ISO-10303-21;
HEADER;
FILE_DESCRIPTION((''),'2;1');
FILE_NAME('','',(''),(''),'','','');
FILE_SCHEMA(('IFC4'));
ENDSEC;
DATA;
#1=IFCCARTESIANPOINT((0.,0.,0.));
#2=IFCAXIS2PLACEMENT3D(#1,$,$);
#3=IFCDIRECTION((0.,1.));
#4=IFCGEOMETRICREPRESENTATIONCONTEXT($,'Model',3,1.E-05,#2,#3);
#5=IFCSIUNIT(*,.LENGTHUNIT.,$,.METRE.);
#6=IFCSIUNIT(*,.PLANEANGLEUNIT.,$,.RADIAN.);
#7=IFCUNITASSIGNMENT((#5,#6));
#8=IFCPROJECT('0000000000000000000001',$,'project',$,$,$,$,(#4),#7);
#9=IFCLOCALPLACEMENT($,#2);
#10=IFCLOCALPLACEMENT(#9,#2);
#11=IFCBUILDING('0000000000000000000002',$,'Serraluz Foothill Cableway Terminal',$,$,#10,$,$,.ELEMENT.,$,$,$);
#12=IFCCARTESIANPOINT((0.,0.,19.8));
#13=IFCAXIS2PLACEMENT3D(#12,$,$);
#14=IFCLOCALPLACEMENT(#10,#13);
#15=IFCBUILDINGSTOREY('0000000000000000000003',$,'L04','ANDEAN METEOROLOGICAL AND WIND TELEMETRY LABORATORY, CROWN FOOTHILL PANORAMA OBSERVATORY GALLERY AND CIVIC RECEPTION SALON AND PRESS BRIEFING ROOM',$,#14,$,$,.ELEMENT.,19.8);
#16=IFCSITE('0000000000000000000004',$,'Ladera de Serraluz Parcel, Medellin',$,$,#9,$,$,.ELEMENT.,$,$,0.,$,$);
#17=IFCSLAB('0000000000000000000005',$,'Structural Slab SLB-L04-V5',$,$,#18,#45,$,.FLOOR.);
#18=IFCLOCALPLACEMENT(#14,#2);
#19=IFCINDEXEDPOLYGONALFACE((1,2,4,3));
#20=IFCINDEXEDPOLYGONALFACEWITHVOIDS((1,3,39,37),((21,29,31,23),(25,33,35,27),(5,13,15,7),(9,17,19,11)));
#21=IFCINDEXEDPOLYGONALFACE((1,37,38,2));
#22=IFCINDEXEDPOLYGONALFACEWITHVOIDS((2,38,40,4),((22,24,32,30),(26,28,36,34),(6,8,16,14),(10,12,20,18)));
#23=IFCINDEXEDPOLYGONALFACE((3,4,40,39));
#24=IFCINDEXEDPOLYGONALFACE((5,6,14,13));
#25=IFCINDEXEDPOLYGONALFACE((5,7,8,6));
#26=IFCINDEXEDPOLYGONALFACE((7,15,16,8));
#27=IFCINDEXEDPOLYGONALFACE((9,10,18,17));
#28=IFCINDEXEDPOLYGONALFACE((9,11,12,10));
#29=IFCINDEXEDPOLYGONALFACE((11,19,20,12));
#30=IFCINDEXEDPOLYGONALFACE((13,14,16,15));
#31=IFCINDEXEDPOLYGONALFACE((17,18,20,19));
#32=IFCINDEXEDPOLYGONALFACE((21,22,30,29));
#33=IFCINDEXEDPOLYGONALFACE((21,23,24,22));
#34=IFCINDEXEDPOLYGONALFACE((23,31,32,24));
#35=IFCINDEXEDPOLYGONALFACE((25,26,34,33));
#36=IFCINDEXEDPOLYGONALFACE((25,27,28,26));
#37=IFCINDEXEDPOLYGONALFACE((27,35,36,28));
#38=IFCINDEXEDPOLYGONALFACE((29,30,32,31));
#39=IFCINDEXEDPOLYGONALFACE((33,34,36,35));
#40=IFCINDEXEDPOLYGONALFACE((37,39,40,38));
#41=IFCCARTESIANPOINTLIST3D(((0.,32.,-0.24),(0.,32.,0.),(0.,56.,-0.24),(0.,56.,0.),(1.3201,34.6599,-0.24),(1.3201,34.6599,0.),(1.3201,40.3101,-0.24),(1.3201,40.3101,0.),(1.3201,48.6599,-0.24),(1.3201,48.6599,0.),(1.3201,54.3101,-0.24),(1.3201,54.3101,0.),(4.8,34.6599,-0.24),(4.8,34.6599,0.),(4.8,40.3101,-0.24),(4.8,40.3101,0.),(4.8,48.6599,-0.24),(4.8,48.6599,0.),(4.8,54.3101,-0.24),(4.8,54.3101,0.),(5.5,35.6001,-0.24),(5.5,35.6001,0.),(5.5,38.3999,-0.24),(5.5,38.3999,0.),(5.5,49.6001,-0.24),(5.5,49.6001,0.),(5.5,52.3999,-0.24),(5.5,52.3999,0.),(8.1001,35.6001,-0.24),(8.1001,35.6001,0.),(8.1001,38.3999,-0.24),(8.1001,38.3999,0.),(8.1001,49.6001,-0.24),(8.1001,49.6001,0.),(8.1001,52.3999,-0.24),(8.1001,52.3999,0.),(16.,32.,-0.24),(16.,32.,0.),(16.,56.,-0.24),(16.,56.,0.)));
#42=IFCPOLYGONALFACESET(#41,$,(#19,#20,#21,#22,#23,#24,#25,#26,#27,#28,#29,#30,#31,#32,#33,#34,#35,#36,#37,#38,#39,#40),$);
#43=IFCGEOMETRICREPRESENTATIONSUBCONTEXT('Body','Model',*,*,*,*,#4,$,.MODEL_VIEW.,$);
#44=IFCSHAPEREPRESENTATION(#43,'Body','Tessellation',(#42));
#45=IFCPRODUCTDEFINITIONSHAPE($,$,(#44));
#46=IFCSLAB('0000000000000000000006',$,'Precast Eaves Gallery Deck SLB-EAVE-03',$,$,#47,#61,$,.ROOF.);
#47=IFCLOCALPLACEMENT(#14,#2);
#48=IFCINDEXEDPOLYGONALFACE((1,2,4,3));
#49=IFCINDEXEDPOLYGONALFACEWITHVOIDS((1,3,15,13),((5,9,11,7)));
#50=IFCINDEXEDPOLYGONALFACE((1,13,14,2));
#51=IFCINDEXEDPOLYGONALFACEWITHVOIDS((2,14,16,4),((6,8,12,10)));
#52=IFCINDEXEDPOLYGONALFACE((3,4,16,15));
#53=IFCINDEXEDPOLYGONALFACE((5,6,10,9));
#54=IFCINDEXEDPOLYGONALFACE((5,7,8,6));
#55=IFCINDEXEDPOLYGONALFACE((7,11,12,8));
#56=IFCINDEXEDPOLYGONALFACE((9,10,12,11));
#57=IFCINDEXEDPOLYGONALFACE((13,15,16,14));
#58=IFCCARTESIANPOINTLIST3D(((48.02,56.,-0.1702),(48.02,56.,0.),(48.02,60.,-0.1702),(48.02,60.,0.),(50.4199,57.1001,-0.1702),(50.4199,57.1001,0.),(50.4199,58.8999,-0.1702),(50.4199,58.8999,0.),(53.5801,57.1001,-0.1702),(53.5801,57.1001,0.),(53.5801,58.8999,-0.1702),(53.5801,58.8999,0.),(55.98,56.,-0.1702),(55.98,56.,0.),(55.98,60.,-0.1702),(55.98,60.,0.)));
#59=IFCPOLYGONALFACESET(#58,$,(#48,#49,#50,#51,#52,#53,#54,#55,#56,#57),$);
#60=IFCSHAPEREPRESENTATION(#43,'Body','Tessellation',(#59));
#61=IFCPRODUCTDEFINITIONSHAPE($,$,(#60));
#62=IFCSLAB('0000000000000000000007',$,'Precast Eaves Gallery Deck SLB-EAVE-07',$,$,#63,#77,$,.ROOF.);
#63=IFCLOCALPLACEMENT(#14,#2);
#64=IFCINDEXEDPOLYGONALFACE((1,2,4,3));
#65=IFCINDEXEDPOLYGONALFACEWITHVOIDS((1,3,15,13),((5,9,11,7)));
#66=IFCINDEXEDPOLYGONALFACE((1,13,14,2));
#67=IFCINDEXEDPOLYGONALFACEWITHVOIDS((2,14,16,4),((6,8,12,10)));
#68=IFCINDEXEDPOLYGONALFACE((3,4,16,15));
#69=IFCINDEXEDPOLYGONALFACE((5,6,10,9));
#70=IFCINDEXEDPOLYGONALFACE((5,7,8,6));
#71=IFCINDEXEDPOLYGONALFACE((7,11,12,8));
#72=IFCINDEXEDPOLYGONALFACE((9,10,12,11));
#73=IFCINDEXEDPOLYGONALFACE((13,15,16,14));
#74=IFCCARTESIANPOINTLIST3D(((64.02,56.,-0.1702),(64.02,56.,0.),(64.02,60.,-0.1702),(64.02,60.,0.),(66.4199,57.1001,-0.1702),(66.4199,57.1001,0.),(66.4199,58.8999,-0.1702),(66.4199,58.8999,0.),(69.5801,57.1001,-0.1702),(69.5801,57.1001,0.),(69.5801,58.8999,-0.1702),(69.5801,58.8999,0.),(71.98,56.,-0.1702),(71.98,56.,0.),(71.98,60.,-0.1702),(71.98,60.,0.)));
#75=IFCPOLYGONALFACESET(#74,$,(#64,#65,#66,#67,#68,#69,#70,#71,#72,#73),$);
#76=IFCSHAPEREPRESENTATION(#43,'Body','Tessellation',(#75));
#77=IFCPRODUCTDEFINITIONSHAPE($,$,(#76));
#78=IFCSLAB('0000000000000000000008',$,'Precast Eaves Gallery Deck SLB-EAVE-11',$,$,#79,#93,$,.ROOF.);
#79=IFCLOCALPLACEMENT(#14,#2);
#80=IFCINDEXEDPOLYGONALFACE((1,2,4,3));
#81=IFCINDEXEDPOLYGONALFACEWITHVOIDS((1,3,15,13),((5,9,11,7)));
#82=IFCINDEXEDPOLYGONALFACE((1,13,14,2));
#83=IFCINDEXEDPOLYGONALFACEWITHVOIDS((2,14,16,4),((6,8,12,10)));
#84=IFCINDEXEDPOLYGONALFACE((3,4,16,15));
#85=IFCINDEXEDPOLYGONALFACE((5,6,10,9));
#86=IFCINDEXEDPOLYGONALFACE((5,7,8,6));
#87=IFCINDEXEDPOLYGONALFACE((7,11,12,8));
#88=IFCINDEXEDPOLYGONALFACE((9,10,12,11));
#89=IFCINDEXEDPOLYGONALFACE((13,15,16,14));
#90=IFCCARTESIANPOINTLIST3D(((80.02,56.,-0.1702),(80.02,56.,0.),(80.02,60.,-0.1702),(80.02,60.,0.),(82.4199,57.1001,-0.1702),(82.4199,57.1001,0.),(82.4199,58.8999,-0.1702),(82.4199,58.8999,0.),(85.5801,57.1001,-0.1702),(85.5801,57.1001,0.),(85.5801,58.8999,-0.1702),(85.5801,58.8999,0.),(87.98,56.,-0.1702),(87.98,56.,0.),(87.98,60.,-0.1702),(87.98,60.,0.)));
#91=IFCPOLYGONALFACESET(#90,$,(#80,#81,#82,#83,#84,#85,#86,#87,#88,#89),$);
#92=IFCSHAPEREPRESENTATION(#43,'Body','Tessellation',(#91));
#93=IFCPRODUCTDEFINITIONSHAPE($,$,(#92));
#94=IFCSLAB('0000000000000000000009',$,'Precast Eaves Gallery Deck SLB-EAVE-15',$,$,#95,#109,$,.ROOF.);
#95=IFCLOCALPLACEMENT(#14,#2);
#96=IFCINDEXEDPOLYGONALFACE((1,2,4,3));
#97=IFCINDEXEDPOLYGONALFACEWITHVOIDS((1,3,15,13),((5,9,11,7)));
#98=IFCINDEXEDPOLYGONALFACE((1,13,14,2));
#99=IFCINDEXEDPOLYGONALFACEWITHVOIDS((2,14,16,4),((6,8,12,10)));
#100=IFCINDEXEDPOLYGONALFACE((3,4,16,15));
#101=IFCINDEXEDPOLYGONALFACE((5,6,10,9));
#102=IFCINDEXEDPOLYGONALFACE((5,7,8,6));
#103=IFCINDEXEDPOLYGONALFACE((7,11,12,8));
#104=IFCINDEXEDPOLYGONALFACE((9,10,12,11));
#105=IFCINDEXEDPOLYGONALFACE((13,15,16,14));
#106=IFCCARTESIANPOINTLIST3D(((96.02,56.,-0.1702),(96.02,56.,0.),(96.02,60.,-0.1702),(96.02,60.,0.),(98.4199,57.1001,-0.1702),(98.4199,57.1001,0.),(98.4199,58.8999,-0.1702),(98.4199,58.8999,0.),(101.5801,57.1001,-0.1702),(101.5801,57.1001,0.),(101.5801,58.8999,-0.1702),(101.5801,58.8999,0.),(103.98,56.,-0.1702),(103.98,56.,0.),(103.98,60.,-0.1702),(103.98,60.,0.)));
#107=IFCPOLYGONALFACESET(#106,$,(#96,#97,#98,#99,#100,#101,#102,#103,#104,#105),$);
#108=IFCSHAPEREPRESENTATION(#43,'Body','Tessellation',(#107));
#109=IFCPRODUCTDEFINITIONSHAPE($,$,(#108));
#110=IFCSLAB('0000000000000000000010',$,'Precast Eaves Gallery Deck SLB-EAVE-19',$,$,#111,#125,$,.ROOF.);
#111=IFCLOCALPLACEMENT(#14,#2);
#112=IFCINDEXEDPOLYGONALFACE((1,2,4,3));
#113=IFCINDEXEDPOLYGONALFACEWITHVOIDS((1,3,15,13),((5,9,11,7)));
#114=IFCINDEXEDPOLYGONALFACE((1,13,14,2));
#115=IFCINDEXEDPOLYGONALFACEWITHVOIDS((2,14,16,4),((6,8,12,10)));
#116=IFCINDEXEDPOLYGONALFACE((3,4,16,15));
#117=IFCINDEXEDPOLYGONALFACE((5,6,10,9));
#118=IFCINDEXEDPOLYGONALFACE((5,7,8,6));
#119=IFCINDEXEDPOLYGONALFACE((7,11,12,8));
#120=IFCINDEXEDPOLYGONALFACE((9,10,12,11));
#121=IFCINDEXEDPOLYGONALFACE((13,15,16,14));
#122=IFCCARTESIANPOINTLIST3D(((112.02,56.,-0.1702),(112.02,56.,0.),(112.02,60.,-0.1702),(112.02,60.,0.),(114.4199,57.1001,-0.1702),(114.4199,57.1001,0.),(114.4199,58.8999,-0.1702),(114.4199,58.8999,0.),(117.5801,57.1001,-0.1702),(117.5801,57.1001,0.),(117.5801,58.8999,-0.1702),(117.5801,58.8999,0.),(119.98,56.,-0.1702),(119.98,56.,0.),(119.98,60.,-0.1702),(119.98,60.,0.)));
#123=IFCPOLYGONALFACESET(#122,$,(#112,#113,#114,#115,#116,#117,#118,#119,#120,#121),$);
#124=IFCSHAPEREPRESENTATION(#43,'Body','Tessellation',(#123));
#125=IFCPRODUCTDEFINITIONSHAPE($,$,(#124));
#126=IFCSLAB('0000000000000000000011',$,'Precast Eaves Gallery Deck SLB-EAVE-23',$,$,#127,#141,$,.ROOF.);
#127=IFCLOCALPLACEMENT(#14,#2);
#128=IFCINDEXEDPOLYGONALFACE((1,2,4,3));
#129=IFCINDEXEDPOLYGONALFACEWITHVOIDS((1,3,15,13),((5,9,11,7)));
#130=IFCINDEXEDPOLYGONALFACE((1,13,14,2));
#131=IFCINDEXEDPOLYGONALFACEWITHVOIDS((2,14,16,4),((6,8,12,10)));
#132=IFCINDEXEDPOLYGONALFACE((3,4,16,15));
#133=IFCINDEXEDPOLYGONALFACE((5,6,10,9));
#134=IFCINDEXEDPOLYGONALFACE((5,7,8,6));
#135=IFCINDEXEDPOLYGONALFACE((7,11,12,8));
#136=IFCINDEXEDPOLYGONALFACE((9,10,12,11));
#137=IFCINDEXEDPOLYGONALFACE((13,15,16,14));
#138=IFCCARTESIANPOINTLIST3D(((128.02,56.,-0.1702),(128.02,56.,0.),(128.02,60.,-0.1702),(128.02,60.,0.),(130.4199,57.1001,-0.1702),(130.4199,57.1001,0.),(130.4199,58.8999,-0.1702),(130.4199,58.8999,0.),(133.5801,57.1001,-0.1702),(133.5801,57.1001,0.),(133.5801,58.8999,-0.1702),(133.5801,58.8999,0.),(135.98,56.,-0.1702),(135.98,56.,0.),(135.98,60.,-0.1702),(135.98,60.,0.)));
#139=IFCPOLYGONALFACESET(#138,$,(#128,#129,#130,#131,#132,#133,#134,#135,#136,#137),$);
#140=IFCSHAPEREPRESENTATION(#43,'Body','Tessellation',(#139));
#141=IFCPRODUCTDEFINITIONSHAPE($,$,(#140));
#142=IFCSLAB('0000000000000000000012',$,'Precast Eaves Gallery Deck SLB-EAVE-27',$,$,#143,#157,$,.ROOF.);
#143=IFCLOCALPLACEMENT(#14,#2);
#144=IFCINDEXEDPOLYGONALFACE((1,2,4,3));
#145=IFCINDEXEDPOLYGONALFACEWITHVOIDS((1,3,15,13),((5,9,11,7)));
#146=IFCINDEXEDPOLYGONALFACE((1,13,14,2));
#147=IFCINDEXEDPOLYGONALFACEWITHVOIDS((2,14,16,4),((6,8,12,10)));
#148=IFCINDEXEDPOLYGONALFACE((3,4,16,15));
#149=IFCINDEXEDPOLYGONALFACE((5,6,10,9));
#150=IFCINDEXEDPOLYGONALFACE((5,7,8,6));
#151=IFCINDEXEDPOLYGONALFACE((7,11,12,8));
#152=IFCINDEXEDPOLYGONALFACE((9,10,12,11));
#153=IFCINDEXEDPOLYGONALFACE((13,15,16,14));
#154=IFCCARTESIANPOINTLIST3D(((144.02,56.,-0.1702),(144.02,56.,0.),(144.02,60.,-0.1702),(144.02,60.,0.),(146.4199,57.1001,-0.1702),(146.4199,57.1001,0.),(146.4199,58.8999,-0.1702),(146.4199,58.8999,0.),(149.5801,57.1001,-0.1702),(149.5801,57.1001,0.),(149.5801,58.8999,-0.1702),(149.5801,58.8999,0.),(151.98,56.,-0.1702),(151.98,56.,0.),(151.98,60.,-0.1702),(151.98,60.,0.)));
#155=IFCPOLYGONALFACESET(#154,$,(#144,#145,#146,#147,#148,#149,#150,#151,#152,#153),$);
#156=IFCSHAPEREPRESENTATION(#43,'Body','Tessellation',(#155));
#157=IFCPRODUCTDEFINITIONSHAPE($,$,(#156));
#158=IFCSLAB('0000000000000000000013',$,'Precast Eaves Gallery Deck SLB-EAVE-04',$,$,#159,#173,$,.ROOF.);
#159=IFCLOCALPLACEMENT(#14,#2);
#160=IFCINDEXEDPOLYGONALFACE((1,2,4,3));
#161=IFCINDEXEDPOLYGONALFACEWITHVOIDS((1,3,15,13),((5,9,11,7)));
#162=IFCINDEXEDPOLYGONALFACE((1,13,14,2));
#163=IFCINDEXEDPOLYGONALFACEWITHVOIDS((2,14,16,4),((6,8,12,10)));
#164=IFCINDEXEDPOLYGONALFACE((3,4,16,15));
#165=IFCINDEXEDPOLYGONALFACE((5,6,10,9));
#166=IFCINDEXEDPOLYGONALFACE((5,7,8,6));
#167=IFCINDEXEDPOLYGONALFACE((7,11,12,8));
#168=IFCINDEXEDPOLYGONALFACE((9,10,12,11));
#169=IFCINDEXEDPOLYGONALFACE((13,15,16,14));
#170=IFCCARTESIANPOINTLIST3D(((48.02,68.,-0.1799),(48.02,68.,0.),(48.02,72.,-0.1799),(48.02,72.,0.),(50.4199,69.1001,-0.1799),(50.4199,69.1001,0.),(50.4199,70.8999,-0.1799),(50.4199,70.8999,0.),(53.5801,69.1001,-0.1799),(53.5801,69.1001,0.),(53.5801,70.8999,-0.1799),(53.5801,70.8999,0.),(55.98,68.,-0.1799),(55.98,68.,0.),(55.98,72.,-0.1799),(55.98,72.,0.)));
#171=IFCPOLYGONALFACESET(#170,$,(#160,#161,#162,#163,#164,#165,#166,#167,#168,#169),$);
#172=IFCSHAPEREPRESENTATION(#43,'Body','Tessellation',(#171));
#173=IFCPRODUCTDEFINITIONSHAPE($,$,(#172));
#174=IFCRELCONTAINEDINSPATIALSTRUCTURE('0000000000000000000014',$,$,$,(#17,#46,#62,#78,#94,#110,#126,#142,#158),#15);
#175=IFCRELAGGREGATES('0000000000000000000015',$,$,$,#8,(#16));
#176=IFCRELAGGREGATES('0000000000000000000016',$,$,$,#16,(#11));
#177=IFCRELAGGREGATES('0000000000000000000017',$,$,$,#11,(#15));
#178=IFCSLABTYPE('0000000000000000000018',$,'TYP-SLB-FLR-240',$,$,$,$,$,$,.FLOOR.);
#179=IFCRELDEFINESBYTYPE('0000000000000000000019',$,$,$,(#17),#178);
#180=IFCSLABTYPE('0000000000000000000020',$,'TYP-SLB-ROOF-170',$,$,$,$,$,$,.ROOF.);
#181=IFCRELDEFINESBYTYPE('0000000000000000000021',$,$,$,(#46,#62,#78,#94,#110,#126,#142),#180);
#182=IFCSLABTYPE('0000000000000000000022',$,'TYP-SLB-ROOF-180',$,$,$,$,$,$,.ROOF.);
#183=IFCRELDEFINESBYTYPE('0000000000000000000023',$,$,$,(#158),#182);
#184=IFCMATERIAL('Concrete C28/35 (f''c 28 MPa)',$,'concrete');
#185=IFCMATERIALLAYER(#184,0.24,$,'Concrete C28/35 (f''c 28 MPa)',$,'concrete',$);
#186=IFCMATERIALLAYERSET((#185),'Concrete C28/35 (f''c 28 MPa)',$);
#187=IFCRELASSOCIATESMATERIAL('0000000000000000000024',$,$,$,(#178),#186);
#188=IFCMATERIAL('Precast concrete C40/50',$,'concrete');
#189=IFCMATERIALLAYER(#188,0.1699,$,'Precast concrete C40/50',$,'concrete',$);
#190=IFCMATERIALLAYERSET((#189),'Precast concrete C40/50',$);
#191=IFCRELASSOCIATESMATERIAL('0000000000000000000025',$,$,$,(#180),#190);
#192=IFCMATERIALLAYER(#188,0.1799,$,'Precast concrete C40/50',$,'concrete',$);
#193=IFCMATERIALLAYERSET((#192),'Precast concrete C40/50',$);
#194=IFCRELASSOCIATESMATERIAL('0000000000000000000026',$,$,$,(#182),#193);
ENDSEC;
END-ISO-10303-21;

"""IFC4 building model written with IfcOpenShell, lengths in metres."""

from ifc_helpers import new_model, si_unit, direction, frame, origin, place, context, subcontext, project, spatial, polyline, outline, extrude, material, layer, layer_set, type_object, element, save


model = new_model("IFC4")

# Units and contexts
model_context = context("Model", 3, precision=1e-05, world=origin(), true_north=direction((0.0, 1.0)))
body_context = subcontext(model_context, "Body", "Model", "MODEL_VIEW")
ifc_project = project(units=[si_unit("LENGTHUNIT", "METRE"), si_unit("PLANEANGLEUNIT", "RADIAN")], contexts=[model_context])

# Site, building, storey
site_placement = place(None, origin())
site = spatial("IfcSite", under=ifc_project, at=site_placement, Name="Ladera de Serraluz Parcel, Medellin", CompositionType="ELEMENT", RefElevation=0.0)
building_placement = place(site_placement, origin())
building = spatial("IfcBuilding", under=site, at=building_placement, Name="Serraluz Foothill Cableway Terminal", CompositionType="ELEMENT")
storey_placement = place(building_placement, frame((0.0, 0.0, 19.8)))
storey = spatial("IfcBuildingStorey", under=building, at=storey_placement, Name="L04", Description="ANDEAN METEOROLOGICAL AND WIND TELEMETRY LABORATORY, CROWN FOOTHILL PANORAMA OBSERVATORY GALLERY AND CIVIC RECEPTION SALON AND PRESS BRIEFING ROOM", CompositionType="ELEMENT", Elevation=19.8)

# Slabs
ifc_material_1 = material(Name="Concrete C28/35 (f'c 28 MPa)", Category="concrete")
ifc_layer_1 = layer(ifc_material_1, 0.24, Name="Concrete C28/35 (f'c 28 MPa)", Category="concrete")
ifc_layer_set_1 = layer_set([ifc_layer_1], Name="Concrete C28/35 (f'c 28 MPa)")
slab_type_1 = type_object("IfcSlabType", Name="TYP-SLB-FLR-240", PredefinedType="FLOOR", material=ifc_layer_set_1)
slab_1_placement = place(storey_placement, frame((0.0, 0.0, -0.24)))
element("IfcSlab", 1, at=slab_1_placement, inside=storey, type_object=slab_type_1, Name="Structural Slab SLB-L04-V5", PredefinedType="FLOOR", context=body_context, shape_type="SweptSolid", body=[
    extrude(outline(polyline([(0.0, 32.0), (16.0, 32.0), (16.0, 56.0), (0.0, 56.0), (0.0, 32.0)]), holes=[polyline([(4.8, 48.6599), (4.8, 54.3101), (1.3201, 54.3101), (1.3201, 48.6599), (4.8, 48.6599)]), polyline([(4.8, 34.6599), (4.8, 40.3101), (1.3201, 40.3101), (1.3201, 34.6599), (4.8, 34.6599)]), polyline([(5.5, 49.6001), (8.1001, 49.6001), (8.1001, 52.3999), (5.5, 52.3999), (5.5, 49.6001)]), polyline([(5.5, 35.6001), (8.1001, 35.6001), (8.1001, 38.3999), (5.5, 38.3999), (5.5, 35.6001)])]), origin(), (0.0, 0.0, 1.0), 0.24),
])
ifc_material_2 = material(Name="Precast concrete C40/50", Category="concrete")
ifc_layer_2 = layer(ifc_material_2, 0.1699, Name="Precast concrete C40/50", Category="concrete")
ifc_layer_set_2 = layer_set([ifc_layer_2], Name="Precast concrete C40/50")
slab_type_2 = type_object("IfcSlabType", Name="TYP-SLB-ROOF-170", PredefinedType="ROOF", material=ifc_layer_set_2)
slab_2_placement = place(storey_placement, frame((0.0, 0.0, -0.1702)))
element("IfcSlab", 2, at=slab_2_placement, inside=storey, type_object=slab_type_2, Name="Precast Eaves Gallery Deck SLB-EAVE-03", PredefinedType="ROOF", context=body_context, shape_type="SweptSolid", body=[
    extrude(outline(polyline([(48.02, 56.0), (55.98, 56.0), (55.98, 60.0), (48.02, 60.0), (48.02, 56.0)]), holes=[polyline([(50.4199, 57.1001), (53.5801, 57.1001), (53.5801, 58.8999), (50.4199, 58.8999), (50.4199, 57.1001)])]), origin(), (0.0, 0.0, 1.0), 0.1702),
])
slab_3_placement = place(storey_placement, frame((0.0, 0.0, -0.1702)))
element("IfcSlab", 3, at=slab_3_placement, inside=storey, type_object=slab_type_2, Name="Precast Eaves Gallery Deck SLB-EAVE-07", PredefinedType="ROOF", context=body_context, shape_type="SweptSolid", body=[
    extrude(outline(polyline([(64.02, 56.0), (71.98, 56.0), (71.98, 60.0), (64.02, 60.0), (64.02, 56.0)]), holes=[polyline([(66.4199, 57.1001), (69.5801, 57.1001), (69.5801, 58.8999), (66.4199, 58.8999), (66.4199, 57.1001)])]), origin(), (0.0, 0.0, 1.0), 0.1702),
])
slab_4_placement = place(storey_placement, frame((0.0, 0.0, -0.1702)))
element("IfcSlab", 4, at=slab_4_placement, inside=storey, type_object=slab_type_2, Name="Precast Eaves Gallery Deck SLB-EAVE-11", PredefinedType="ROOF", context=body_context, shape_type="SweptSolid", body=[
    extrude(outline(polyline([(80.02, 56.0), (87.98, 56.0), (87.98, 60.0), (80.02, 60.0), (80.02, 56.0)]), holes=[polyline([(82.4199, 57.1001), (85.5801, 57.1001), (85.5801, 58.8999), (82.4199, 58.8999), (82.4199, 57.1001)])]), origin(), (0.0, 0.0, 1.0), 0.1702),
])
slab_5_placement = place(storey_placement, frame((0.0, 0.0, -0.1702)))
element("IfcSlab", 5, at=slab_5_placement, inside=storey, type_object=slab_type_2, Name="Precast Eaves Gallery Deck SLB-EAVE-15", PredefinedType="ROOF", context=body_context, shape_type="SweptSolid", body=[
    extrude(outline(polyline([(96.02, 56.0), (103.98, 56.0), (103.98, 60.0), (96.02, 60.0), (96.02, 56.0)]), holes=[polyline([(98.4199, 57.1001), (101.5801, 57.1001), (101.5801, 58.8999), (98.4199, 58.8999), (98.4199, 57.1001)])]), origin(), (0.0, 0.0, 1.0), 0.1702),
])
slab_6_placement = place(storey_placement, frame((0.0, 0.0, -0.1702)))
element("IfcSlab", 6, at=slab_6_placement, inside=storey, type_object=slab_type_2, Name="Precast Eaves Gallery Deck SLB-EAVE-19", PredefinedType="ROOF", context=body_context, shape_type="SweptSolid", body=[
    extrude(outline(polyline([(112.02, 56.0), (119.98, 56.0), (119.98, 60.0), (112.02, 60.0), (112.02, 56.0)]), holes=[polyline([(114.4199, 57.1001), (117.5801, 57.1001), (117.5801, 58.8999), (114.4199, 58.8999), (114.4199, 57.1001)])]), origin(), (0.0, 0.0, 1.0), 0.1702),
])
slab_7_placement = place(storey_placement, frame((0.0, 0.0, -0.1702)))
element("IfcSlab", 7, at=slab_7_placement, inside=storey, type_object=slab_type_2, Name="Precast Eaves Gallery Deck SLB-EAVE-23", PredefinedType="ROOF", context=body_context, shape_type="SweptSolid", body=[
    extrude(outline(polyline([(128.02, 56.0), (135.98, 56.0), (135.98, 60.0), (128.02, 60.0), (128.02, 56.0)]), holes=[polyline([(130.4199, 57.1001), (133.5801, 57.1001), (133.5801, 58.8999), (130.4199, 58.8999), (130.4199, 57.1001)])]), origin(), (0.0, 0.0, 1.0), 0.1702),
])
slab_8_placement = place(storey_placement, frame((0.0, 0.0, -0.1702)))
element("IfcSlab", 8, at=slab_8_placement, inside=storey, type_object=slab_type_2, Name="Precast Eaves Gallery Deck SLB-EAVE-27", PredefinedType="ROOF", context=body_context, shape_type="SweptSolid", body=[
    extrude(outline(polyline([(144.02, 56.0), (151.98, 56.0), (151.98, 60.0), (144.02, 60.0), (144.02, 56.0)]), holes=[polyline([(146.4199, 57.1001), (149.5801, 57.1001), (149.5801, 58.8999), (146.4199, 58.8999), (146.4199, 57.1001)])]), origin(), (0.0, 0.0, 1.0), 0.1702),
])
ifc_layer_3 = layer(ifc_material_2, 0.1799, Name="Precast concrete C40/50", Category="concrete")
ifc_layer_set_3 = layer_set([ifc_layer_3], Name="Precast concrete C40/50")
slab_type_3 = type_object("IfcSlabType", Name="TYP-SLB-ROOF-180", PredefinedType="ROOF", material=ifc_layer_set_3)
slab_9_placement = place(storey_placement, frame((0.0, 0.0, -0.1799)))
element("IfcSlab", 9, at=slab_9_placement, inside=storey, type_object=slab_type_3, Name="Precast Eaves Gallery Deck SLB-EAVE-04", PredefinedType="ROOF", context=body_context, shape_type="SweptSolid", body=[
    extrude(outline(polyline([(48.02, 68.0), (55.98, 68.0), (55.98, 72.0), (48.02, 72.0), (48.02, 68.0)]), holes=[polyline([(50.4199, 69.1001), (53.5801, 69.1001), (53.5801, 70.8999), (50.4199, 70.8999), (50.4199, 69.1001)])]), origin(), (0.0, 0.0, 1.0), 0.1799),
])

save(model, "model.ifc")
